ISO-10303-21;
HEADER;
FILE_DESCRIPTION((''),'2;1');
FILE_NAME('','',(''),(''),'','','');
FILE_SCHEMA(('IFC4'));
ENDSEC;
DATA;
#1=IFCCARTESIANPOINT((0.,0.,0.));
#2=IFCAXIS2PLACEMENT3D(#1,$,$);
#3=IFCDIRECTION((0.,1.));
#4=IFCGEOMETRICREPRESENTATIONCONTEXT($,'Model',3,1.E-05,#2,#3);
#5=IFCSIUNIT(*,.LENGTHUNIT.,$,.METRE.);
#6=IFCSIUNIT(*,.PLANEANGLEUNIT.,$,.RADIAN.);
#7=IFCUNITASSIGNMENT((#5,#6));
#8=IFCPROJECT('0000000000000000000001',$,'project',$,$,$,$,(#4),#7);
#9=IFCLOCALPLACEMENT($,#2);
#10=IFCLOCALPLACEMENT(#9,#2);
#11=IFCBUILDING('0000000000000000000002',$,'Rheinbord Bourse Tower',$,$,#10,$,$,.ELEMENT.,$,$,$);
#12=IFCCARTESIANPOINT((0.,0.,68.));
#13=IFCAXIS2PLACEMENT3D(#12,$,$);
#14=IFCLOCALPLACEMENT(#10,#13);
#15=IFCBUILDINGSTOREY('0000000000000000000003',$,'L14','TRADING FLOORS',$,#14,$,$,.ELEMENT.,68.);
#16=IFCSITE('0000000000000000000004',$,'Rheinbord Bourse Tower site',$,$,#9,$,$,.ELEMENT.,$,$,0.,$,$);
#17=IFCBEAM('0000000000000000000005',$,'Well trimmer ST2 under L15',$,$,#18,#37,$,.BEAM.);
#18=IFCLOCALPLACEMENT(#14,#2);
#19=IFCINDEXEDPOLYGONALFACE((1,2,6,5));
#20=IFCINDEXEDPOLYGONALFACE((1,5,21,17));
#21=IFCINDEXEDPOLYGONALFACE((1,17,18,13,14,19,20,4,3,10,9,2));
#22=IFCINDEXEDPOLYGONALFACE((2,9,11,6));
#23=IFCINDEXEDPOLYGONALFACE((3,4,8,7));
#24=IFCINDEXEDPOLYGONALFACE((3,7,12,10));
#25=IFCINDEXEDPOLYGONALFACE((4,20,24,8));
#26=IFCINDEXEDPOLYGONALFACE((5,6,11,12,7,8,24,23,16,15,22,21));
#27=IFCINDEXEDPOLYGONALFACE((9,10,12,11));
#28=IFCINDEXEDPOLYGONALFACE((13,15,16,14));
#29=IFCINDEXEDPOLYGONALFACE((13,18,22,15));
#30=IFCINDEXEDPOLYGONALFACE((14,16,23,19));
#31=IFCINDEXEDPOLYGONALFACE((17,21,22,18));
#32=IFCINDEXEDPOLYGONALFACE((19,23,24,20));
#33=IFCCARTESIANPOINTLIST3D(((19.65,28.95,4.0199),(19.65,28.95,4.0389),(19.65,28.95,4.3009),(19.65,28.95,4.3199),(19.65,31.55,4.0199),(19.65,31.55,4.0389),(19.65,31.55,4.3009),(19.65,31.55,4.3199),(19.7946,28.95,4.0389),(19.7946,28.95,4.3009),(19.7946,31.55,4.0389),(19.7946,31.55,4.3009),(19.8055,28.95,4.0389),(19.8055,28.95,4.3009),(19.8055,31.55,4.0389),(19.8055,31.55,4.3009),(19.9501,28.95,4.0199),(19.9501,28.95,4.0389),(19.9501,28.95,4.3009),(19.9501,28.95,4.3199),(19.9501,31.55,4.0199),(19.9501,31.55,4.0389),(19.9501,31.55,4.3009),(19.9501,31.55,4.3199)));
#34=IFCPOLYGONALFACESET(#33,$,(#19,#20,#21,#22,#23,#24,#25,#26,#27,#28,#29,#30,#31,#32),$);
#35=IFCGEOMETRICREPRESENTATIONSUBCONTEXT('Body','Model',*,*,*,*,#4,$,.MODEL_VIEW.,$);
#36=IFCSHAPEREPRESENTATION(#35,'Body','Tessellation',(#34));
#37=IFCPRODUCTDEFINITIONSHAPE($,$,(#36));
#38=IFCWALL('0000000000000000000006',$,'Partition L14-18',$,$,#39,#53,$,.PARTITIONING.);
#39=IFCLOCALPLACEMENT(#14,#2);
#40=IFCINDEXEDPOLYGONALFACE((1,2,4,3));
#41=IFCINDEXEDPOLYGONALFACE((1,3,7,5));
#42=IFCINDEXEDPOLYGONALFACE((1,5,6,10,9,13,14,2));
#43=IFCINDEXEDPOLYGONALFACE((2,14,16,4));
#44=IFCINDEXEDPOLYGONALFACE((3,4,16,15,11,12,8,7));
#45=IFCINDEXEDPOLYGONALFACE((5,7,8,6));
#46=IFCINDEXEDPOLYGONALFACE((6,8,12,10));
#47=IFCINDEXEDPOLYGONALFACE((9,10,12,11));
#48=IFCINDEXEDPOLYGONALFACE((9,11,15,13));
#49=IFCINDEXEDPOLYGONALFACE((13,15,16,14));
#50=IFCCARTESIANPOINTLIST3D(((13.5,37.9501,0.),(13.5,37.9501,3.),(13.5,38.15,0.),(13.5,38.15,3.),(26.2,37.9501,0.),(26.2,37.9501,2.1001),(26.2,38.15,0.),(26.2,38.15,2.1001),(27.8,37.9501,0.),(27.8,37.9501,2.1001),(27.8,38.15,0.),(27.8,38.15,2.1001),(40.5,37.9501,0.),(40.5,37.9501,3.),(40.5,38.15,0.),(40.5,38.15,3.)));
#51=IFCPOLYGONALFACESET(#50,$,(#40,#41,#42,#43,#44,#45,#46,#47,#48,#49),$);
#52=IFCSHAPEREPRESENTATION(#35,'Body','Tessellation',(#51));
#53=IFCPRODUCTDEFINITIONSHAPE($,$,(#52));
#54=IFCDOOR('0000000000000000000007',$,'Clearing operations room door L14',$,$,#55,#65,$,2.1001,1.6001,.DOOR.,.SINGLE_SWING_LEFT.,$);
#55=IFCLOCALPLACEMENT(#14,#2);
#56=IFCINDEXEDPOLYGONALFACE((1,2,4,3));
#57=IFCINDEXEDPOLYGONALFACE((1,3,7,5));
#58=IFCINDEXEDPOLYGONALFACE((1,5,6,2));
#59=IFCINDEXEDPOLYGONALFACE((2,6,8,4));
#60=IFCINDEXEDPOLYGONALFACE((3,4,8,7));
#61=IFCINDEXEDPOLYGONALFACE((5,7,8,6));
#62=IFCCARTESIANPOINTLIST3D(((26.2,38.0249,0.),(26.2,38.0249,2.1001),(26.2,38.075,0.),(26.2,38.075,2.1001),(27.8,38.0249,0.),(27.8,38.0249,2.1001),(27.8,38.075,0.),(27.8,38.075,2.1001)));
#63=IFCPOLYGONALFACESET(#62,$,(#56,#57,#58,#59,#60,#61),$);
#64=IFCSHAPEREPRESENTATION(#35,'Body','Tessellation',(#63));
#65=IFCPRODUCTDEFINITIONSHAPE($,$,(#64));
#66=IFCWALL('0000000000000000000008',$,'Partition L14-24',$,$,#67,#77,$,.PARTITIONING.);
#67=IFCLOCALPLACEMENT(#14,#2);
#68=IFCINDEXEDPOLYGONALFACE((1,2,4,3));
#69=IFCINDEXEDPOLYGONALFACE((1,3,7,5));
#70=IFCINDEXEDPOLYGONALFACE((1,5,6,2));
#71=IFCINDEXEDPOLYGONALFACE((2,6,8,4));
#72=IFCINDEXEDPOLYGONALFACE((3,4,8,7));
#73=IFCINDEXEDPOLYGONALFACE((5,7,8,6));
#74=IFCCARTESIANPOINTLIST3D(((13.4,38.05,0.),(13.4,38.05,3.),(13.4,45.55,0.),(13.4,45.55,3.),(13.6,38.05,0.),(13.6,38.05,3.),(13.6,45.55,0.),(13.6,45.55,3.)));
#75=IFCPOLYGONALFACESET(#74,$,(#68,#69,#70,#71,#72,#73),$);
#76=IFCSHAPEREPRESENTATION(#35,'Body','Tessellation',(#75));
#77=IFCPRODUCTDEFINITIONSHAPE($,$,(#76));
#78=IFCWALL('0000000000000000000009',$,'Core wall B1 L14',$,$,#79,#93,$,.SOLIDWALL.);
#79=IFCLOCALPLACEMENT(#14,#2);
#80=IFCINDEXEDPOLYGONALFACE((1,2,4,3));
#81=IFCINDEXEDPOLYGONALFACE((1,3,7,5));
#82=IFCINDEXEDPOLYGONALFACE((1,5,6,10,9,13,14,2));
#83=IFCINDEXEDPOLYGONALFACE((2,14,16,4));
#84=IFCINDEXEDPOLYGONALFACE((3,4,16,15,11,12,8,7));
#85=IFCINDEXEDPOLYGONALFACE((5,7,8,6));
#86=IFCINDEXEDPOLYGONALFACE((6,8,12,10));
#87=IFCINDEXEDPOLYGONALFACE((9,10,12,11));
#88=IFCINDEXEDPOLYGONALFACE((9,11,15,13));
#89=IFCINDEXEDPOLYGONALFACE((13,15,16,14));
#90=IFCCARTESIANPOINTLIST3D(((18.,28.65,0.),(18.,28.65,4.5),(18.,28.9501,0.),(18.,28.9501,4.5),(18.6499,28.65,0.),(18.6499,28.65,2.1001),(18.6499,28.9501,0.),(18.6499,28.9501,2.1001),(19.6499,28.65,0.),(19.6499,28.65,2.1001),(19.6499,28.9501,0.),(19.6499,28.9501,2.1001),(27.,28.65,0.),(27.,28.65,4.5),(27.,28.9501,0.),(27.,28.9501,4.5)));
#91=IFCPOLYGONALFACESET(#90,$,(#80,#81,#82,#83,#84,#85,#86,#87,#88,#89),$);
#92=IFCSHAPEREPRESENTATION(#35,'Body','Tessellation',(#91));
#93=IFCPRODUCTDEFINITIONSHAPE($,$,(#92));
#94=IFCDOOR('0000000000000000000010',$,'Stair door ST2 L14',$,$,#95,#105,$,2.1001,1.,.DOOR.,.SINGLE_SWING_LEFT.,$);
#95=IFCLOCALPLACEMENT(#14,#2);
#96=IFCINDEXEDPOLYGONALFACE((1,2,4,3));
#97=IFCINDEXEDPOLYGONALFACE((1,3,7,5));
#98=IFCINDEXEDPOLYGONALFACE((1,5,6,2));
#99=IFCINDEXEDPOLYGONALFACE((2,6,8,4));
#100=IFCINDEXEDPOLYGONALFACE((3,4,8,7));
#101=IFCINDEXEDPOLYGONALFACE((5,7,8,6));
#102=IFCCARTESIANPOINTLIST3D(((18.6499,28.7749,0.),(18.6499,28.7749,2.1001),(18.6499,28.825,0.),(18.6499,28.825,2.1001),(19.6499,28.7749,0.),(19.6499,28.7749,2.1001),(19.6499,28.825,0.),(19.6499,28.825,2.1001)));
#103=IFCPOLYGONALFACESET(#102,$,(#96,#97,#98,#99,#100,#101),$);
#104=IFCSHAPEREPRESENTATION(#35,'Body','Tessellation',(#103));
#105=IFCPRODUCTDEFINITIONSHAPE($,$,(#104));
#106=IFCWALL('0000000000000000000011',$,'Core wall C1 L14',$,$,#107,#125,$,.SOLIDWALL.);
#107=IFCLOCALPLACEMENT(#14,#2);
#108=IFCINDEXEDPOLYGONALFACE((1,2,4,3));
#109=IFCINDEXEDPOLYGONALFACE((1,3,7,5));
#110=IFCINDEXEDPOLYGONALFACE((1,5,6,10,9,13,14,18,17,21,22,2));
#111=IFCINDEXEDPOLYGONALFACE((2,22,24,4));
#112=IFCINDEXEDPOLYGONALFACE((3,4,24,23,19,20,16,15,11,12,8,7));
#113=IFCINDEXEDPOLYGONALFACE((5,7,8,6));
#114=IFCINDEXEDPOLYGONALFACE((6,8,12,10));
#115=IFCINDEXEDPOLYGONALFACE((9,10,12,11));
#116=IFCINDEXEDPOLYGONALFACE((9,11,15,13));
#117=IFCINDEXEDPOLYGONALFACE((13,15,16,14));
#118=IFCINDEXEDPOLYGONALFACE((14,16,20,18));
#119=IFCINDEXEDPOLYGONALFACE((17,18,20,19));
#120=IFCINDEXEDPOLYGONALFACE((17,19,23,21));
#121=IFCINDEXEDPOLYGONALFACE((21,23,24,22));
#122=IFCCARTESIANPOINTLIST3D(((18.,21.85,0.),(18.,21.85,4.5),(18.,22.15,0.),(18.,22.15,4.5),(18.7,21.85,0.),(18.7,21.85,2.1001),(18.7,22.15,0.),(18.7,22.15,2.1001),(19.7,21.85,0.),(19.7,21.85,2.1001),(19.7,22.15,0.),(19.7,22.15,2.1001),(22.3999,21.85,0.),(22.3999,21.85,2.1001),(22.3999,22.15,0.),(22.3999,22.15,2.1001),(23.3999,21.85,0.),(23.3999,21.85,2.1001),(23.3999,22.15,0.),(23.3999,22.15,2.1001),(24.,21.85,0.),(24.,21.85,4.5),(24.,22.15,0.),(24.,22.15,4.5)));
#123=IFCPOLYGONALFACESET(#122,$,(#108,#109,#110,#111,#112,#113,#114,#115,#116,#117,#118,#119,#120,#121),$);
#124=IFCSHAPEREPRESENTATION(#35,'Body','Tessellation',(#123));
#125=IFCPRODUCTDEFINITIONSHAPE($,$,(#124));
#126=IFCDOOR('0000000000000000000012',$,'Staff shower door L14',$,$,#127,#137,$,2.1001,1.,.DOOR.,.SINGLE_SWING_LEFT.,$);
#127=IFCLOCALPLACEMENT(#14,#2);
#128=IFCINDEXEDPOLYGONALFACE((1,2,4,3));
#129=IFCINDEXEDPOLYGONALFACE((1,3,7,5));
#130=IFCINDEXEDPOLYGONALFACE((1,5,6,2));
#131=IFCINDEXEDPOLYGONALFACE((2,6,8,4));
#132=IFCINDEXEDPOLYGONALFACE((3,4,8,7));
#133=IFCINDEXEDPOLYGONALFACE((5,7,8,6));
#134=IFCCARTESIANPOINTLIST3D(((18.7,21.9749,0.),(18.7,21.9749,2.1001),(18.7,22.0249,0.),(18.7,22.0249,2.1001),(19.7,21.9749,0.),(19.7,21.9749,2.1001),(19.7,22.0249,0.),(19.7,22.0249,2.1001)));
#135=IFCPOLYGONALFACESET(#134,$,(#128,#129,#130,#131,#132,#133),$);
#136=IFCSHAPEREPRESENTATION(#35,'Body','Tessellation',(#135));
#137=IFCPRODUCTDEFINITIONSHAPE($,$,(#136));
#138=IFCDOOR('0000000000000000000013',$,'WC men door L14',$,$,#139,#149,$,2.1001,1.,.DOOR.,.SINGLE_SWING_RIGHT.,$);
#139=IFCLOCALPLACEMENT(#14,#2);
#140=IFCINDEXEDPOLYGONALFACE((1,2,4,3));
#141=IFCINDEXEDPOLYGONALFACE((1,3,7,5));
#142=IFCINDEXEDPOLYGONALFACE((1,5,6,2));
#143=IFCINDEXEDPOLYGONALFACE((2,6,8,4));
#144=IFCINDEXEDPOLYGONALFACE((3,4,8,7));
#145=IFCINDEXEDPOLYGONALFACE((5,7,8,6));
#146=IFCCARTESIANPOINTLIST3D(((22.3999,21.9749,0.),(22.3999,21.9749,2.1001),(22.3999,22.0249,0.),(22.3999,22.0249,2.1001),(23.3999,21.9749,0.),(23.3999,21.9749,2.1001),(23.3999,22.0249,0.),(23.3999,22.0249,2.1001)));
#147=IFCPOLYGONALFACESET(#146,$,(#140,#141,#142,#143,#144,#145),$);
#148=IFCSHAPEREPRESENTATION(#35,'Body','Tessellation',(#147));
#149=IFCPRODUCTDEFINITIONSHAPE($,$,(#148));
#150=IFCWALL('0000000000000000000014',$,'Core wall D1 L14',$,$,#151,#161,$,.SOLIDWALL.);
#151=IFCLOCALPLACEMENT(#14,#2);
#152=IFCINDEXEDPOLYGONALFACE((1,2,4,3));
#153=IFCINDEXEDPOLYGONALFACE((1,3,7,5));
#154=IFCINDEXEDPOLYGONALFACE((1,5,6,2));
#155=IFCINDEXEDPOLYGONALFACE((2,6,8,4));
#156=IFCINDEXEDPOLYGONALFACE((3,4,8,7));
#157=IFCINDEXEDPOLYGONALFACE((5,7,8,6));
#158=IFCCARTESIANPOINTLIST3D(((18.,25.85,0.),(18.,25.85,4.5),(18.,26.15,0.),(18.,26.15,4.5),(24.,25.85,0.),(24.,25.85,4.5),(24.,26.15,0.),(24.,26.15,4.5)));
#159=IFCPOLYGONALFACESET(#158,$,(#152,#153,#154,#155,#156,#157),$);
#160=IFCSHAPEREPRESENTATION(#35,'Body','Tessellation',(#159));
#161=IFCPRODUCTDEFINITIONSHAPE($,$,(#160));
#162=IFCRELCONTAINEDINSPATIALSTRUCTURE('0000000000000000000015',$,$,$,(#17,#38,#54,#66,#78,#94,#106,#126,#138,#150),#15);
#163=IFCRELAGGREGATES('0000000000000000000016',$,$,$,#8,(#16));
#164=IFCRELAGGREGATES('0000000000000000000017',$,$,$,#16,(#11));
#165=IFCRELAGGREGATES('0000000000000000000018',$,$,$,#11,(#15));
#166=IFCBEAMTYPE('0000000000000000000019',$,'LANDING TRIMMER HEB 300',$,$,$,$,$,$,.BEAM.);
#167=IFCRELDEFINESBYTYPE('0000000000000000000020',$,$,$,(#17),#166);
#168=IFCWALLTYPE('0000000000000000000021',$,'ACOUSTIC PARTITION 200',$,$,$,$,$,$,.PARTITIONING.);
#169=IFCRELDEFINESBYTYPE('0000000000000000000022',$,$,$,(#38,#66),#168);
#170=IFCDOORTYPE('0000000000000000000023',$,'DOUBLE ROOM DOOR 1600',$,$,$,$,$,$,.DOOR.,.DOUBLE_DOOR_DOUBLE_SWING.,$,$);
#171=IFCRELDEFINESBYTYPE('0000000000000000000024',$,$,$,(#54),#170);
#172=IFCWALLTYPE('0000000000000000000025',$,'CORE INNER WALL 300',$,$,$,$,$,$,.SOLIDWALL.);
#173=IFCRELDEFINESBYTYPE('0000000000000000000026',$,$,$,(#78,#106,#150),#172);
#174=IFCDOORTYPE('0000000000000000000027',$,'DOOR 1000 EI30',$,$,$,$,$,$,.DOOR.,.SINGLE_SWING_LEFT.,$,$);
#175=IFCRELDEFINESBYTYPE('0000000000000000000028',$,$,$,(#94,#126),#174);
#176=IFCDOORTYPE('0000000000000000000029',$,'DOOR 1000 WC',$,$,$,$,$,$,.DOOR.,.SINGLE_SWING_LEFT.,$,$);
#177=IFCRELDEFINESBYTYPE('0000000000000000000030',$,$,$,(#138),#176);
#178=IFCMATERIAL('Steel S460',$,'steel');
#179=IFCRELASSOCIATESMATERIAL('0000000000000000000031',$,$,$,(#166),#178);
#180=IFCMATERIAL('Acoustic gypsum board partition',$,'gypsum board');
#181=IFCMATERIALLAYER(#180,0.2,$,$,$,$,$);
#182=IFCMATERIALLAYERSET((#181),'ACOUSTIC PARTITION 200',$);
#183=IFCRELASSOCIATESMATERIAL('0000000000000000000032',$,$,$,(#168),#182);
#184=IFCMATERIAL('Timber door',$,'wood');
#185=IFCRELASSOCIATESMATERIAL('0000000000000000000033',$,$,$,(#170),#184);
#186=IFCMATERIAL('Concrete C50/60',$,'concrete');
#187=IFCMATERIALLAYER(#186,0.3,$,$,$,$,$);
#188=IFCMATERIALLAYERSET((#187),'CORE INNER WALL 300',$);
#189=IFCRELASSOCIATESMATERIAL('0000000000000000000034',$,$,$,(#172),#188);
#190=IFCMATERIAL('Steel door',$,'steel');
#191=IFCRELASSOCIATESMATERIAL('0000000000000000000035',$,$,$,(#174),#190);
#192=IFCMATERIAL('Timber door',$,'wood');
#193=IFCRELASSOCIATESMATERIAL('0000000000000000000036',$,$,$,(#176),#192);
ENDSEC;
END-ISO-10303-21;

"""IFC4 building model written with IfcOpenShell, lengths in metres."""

from ifc_helpers import new_model, si_unit, direction, frame, frame_2d, origin, origin_2d, place, context, subcontext, project, spatial, rectangle, i_section, extrude, material, layer, layer_set, material_profile, profile_set, type_object, element, fill, save


model = new_model("IFC4")

# Units and contexts
model_context = context("Model", 3, precision=1e-05, world=origin(), true_north=direction((0.0, 1.0)))
body_context = subcontext(model_context, "Body", "Model", "MODEL_VIEW")
ifc_project = project(units=[si_unit("LENGTHUNIT", "METRE"), si_unit("PLANEANGLEUNIT", "RADIAN")], contexts=[model_context])

# Site, building, storey
site_placement = place(None, origin())
site = spatial("IfcSite", under=ifc_project, at=site_placement, Name="Rheinbord Bourse Tower site", CompositionType="ELEMENT", RefElevation=0.0)
building_placement = place(site_placement, origin())
building = spatial("IfcBuilding", under=site, at=building_placement, Name="Rheinbord Bourse Tower", CompositionType="ELEMENT")
storey_placement = place(building_placement, frame((0.0, 0.0, 68.0)))
storey = spatial("IfcBuildingStorey", under=building, at=storey_placement, Name="L14", Description="TRADING FLOORS", CompositionType="ELEMENT", Elevation=68.0)

# Beam
ifc_material_1 = material(Name="Steel S460", Category="steel")
ifc_material_profile = material_profile(ifc_material_1, i_section(OverallWidth=0.3, OverallDepth=0.3, WebThickness=0.011, FlangeThickness=0.019, at=origin_2d()), Name="HEB 300")
ifc_profile_set = profile_set([ifc_material_profile], Name="Steel S460")
beam_type = type_object("IfcBeamType", Name="LANDING TRIMMER HEB 300", PredefinedType="BEAM", material=ifc_profile_set)
beam_placement = place(storey_placement, frame((19.8, 28.95, 4.1699), z_axis=(0.0, 1.0, 0.0), x_axis=(-1.0, 0.0, 0.0)))
element("IfcBeam", 1, at=beam_placement, inside=storey, type_object=beam_type, Name="Well trimmer ST2 under L15", PredefinedType="BEAM", context=body_context, shape_type="SweptSolid", body=[
    extrude(i_section(OverallWidth=0.3, OverallDepth=0.3, WebThickness=0.011, FlangeThickness=0.019, at=origin_2d()), origin(), (0.0, 0.0, 1.0), 2.6001),
])

# Wall, opening, door
ifc_material_2 = material(Name="Acoustic gypsum board partition", Category="gypsum board")
ifc_layer_1 = layer(ifc_material_2, 0.2)
ifc_layer_set_1 = layer_set([ifc_layer_1], Name="ACOUSTIC PARTITION 200")
wall_type_1 = type_object("IfcWallType", Name="ACOUSTIC PARTITION 200", PredefinedType="PARTITIONING", material=ifc_layer_set_1)
wall_1_placement = place(storey_placement, frame((13.5, 38.05, 0.0), z_axis=(0.0, 0.0, 1.0), x_axis=(1.0, 0.0, 0.0)))
wall_1 = element("IfcWall", 2, at=wall_1_placement, inside=storey, type_object=wall_type_1, Name="Partition L14-18", PredefinedType="PARTITIONING", context=body_context, shape_type="SweptSolid", body=[
    extrude(rectangle(XDim=27.0, YDim=0.2, at=frame_2d((13.5, 0.0))), origin(), (0.0, 0.0, 1.0), 3.0),
])
opening_1_placement = place(wall_1_placement, frame((12.7, 0.0, 0.0)))
opening_1 = element("IfcOpeningElement", 3, at=opening_1_placement, cuts=wall_1, PredefinedType="OPENING", context=body_context, shape_type="SweptSolid", body=[
    extrude(rectangle(XDim=1.6001, YDim=2.1001, at=frame_2d((0.8, 1.05))), frame((0.0, 0.1099, 0.0), z_axis=(0.0, -1.0, 0.0), x_axis=(1.0, 0.0, 0.0)), (0.0, 0.0, 1.0), 0.22),
])
ifc_material_3 = material(Name="Timber door", Category="wood")
door_type_1 = type_object("IfcDoorType", Name="DOUBLE ROOM DOOR 1600", OperationType="DOUBLE_DOOR_DOUBLE_SWING", PredefinedType="DOOR", material=ifc_material_3)
door_1_placement = place(opening_1_placement, origin())
door_1 = element("IfcDoor", 4, at=door_1_placement, inside=storey, type_object=door_type_1, Name="Clearing operations room door L14", OperationType="SINGLE_SWING_LEFT", OverallHeight=2.1001, OverallWidth=1.6001, PredefinedType="DOOR", context=body_context, shape_type="SweptSolid", body=[
    extrude(rectangle(XDim=1.6001, YDim=2.1001, at=frame_2d((0.8, 1.05))), frame((0.0, 0.0249, 0.0), z_axis=(0.0, -1.0, 0.0), x_axis=(1.0, 0.0, 0.0)), (0.0, 0.0, 1.0), 0.05),
])
fill(opening_1, door_1)

# Wall
wall_2_placement = place(storey_placement, frame((13.5, 38.05, 0.0), z_axis=(0.0, 0.0, 1.0), x_axis=(0.0, 1.0, 0.0)))
element("IfcWall", 5, at=wall_2_placement, inside=storey, type_object=wall_type_1, Name="Partition L14-24", PredefinedType="PARTITIONING", context=body_context, shape_type="SweptSolid", body=[
    extrude(rectangle(XDim=7.5, YDim=0.2, at=frame_2d((3.75, 0.0))), origin(), (0.0, 0.0, 1.0), 3.0),
])

# Wall, opening, door
ifc_material_4 = material(Name="Concrete C50/60", Category="concrete")
ifc_layer_2 = layer(ifc_material_4, 0.3)
ifc_layer_set_2 = layer_set([ifc_layer_2], Name="CORE INNER WALL 300")
wall_type_2 = type_object("IfcWallType", Name="CORE INNER WALL 300", PredefinedType="SOLIDWALL", material=ifc_layer_set_2)
wall_3_placement = place(storey_placement, frame((18.0, 28.8, 0.0), z_axis=(0.0, 0.0, 1.0), x_axis=(1.0, 0.0, 0.0)))
wall_3 = element("IfcWall", 6, at=wall_3_placement, inside=storey, type_object=wall_type_2, Name="Core wall B1 L14", PredefinedType="SOLIDWALL", context=body_context, shape_type="SweptSolid", body=[
    extrude(rectangle(XDim=9.0, YDim=0.3, at=frame_2d((4.5, 0.0))), origin(), (0.0, 0.0, 1.0), 4.5),
])
opening_2_placement = place(wall_3_placement, frame((0.6499, 0.0, 0.0)))
opening_2 = element("IfcOpeningElement", 7, at=opening_2_placement, cuts=wall_3, PredefinedType="OPENING", context=body_context, shape_type="SweptSolid", body=[
    extrude(rectangle(XDim=1.0, YDim=2.1001, at=frame_2d((0.5, 1.05))), frame((0.0, 0.1599, 0.0), z_axis=(0.0, -1.0, 0.0), x_axis=(1.0, 0.0, 0.0)), (0.0, 0.0, 1.0), 0.3201),
])
ifc_material_5 = material(Name="Steel door", Category="steel")
door_type_2 = type_object("IfcDoorType", Name="DOOR 1000 EI30", OperationType="SINGLE_SWING_LEFT", PredefinedType="DOOR", material=ifc_material_5)
door_2_placement = place(opening_2_placement, origin())
door_2 = element("IfcDoor", 8, at=door_2_placement, inside=storey, type_object=door_type_2, Name="Stair door ST2 L14", OperationType="SINGLE_SWING_LEFT", OverallHeight=2.1001, OverallWidth=1.0, PredefinedType="DOOR", context=body_context, shape_type="SweptSolid", body=[
    extrude(rectangle(XDim=1.0, YDim=2.1001, at=frame_2d((0.5, 1.05))), frame((0.0, 0.0249, 0.0), z_axis=(0.0, -1.0, 0.0), x_axis=(1.0, 0.0, 0.0)), (0.0, 0.0, 1.0), 0.05),
])
fill(opening_2, door_2)

# Wall, openings, doors
wall_4_placement = place(storey_placement, frame((18.0, 22.0, 0.0), z_axis=(0.0, 0.0, 1.0), x_axis=(1.0, 0.0, 0.0)))
wall_4 = element("IfcWall", 9, at=wall_4_placement, inside=storey, type_object=wall_type_2, Name="Core wall C1 L14", PredefinedType="SOLIDWALL", context=body_context, shape_type="SweptSolid", body=[
    extrude(rectangle(XDim=6.0, YDim=0.3, at=frame_2d((3.0, 0.0))), origin(), (0.0, 0.0, 1.0), 4.5),
])
opening_3_placement = place(wall_4_placement, frame((4.3999, 0.0, 0.0)))
opening_3 = element("IfcOpeningElement", 10, at=opening_3_placement, cuts=wall_4, PredefinedType="OPENING", context=body_context, shape_type="SweptSolid", body=[
    extrude(rectangle(XDim=1.0, YDim=2.1001, at=frame_2d((0.5, 1.05))), frame((0.0, 0.1599, 0.0), z_axis=(0.0, -1.0, 0.0), x_axis=(1.0, 0.0, 0.0)), (0.0, 0.0, 1.0), 0.3201),
])
opening_4_placement = place(wall_4_placement, frame((0.7, 0.0, 0.0)))
opening_4 = element("IfcOpeningElement", 11, at=opening_4_placement, cuts=wall_4, PredefinedType="OPENING", context=body_context, shape_type="SweptSolid", body=[
    extrude(rectangle(XDim=1.0, YDim=2.1001, at=frame_2d((0.5, 1.05))), frame((0.0, 0.1599, 0.0), z_axis=(0.0, -1.0, 0.0), x_axis=(1.0, 0.0, 0.0)), (0.0, 0.0, 1.0), 0.3201),
])
door_3_placement = place(opening_4_placement, origin())
door_3 = element("IfcDoor", 12, at=door_3_placement, inside=storey, type_object=door_type_2, Name="Staff shower door L14", OperationType="SINGLE_SWING_LEFT", OverallHeight=2.1001, OverallWidth=1.0, PredefinedType="DOOR", context=body_context, shape_type="SweptSolid", body=[
    extrude(rectangle(XDim=1.0, YDim=2.1001, at=frame_2d((0.5, 1.05))), frame((0.0, 0.0249, 0.0), z_axis=(0.0, -1.0, 0.0), x_axis=(1.0, 0.0, 0.0)), (0.0, 0.0, 1.0), 0.05),
])
fill(opening_4, door_3)
ifc_material_6 = material(Name="Timber door", Category="wood")
door_type_3 = type_object("IfcDoorType", Name="DOOR 1000 WC", OperationType="SINGLE_SWING_LEFT", PredefinedType="DOOR", material=ifc_material_6)
door_4_placement = place(opening_3_placement, origin())
door_4 = element("IfcDoor", 13, at=door_4_placement, inside=storey, type_object=door_type_3, Name="WC men door L14", OperationType="SINGLE_SWING_RIGHT", OverallHeight=2.1001, OverallWidth=1.0, PredefinedType="DOOR", context=body_context, shape_type="SweptSolid", body=[
    extrude(rectangle(XDim=1.0, YDim=2.1001, at=frame_2d((0.5, 1.05))), frame((0.0, 0.0249, 0.0), z_axis=(0.0, -1.0, 0.0), x_axis=(1.0, 0.0, 0.0)), (0.0, 0.0, 1.0), 0.05),
])
fill(opening_3, door_4)

# Wall
wall_5_placement = place(storey_placement, frame((18.0, 26.0, 0.0), z_axis=(0.0, 0.0, 1.0), x_axis=(1.0, 0.0, 0.0)))
element("IfcWall", 14, at=wall_5_placement, inside=storey, type_object=wall_type_2, Name="Core wall D1 L14", PredefinedType="SOLIDWALL", context=body_context, shape_type="SweptSolid", body=[
    extrude(rectangle(XDim=6.0, YDim=0.3, at=frame_2d((3.0, 0.0))), origin(), (0.0, 0.0, 1.0), 4.5),
])

save(model, "model.ifc")
